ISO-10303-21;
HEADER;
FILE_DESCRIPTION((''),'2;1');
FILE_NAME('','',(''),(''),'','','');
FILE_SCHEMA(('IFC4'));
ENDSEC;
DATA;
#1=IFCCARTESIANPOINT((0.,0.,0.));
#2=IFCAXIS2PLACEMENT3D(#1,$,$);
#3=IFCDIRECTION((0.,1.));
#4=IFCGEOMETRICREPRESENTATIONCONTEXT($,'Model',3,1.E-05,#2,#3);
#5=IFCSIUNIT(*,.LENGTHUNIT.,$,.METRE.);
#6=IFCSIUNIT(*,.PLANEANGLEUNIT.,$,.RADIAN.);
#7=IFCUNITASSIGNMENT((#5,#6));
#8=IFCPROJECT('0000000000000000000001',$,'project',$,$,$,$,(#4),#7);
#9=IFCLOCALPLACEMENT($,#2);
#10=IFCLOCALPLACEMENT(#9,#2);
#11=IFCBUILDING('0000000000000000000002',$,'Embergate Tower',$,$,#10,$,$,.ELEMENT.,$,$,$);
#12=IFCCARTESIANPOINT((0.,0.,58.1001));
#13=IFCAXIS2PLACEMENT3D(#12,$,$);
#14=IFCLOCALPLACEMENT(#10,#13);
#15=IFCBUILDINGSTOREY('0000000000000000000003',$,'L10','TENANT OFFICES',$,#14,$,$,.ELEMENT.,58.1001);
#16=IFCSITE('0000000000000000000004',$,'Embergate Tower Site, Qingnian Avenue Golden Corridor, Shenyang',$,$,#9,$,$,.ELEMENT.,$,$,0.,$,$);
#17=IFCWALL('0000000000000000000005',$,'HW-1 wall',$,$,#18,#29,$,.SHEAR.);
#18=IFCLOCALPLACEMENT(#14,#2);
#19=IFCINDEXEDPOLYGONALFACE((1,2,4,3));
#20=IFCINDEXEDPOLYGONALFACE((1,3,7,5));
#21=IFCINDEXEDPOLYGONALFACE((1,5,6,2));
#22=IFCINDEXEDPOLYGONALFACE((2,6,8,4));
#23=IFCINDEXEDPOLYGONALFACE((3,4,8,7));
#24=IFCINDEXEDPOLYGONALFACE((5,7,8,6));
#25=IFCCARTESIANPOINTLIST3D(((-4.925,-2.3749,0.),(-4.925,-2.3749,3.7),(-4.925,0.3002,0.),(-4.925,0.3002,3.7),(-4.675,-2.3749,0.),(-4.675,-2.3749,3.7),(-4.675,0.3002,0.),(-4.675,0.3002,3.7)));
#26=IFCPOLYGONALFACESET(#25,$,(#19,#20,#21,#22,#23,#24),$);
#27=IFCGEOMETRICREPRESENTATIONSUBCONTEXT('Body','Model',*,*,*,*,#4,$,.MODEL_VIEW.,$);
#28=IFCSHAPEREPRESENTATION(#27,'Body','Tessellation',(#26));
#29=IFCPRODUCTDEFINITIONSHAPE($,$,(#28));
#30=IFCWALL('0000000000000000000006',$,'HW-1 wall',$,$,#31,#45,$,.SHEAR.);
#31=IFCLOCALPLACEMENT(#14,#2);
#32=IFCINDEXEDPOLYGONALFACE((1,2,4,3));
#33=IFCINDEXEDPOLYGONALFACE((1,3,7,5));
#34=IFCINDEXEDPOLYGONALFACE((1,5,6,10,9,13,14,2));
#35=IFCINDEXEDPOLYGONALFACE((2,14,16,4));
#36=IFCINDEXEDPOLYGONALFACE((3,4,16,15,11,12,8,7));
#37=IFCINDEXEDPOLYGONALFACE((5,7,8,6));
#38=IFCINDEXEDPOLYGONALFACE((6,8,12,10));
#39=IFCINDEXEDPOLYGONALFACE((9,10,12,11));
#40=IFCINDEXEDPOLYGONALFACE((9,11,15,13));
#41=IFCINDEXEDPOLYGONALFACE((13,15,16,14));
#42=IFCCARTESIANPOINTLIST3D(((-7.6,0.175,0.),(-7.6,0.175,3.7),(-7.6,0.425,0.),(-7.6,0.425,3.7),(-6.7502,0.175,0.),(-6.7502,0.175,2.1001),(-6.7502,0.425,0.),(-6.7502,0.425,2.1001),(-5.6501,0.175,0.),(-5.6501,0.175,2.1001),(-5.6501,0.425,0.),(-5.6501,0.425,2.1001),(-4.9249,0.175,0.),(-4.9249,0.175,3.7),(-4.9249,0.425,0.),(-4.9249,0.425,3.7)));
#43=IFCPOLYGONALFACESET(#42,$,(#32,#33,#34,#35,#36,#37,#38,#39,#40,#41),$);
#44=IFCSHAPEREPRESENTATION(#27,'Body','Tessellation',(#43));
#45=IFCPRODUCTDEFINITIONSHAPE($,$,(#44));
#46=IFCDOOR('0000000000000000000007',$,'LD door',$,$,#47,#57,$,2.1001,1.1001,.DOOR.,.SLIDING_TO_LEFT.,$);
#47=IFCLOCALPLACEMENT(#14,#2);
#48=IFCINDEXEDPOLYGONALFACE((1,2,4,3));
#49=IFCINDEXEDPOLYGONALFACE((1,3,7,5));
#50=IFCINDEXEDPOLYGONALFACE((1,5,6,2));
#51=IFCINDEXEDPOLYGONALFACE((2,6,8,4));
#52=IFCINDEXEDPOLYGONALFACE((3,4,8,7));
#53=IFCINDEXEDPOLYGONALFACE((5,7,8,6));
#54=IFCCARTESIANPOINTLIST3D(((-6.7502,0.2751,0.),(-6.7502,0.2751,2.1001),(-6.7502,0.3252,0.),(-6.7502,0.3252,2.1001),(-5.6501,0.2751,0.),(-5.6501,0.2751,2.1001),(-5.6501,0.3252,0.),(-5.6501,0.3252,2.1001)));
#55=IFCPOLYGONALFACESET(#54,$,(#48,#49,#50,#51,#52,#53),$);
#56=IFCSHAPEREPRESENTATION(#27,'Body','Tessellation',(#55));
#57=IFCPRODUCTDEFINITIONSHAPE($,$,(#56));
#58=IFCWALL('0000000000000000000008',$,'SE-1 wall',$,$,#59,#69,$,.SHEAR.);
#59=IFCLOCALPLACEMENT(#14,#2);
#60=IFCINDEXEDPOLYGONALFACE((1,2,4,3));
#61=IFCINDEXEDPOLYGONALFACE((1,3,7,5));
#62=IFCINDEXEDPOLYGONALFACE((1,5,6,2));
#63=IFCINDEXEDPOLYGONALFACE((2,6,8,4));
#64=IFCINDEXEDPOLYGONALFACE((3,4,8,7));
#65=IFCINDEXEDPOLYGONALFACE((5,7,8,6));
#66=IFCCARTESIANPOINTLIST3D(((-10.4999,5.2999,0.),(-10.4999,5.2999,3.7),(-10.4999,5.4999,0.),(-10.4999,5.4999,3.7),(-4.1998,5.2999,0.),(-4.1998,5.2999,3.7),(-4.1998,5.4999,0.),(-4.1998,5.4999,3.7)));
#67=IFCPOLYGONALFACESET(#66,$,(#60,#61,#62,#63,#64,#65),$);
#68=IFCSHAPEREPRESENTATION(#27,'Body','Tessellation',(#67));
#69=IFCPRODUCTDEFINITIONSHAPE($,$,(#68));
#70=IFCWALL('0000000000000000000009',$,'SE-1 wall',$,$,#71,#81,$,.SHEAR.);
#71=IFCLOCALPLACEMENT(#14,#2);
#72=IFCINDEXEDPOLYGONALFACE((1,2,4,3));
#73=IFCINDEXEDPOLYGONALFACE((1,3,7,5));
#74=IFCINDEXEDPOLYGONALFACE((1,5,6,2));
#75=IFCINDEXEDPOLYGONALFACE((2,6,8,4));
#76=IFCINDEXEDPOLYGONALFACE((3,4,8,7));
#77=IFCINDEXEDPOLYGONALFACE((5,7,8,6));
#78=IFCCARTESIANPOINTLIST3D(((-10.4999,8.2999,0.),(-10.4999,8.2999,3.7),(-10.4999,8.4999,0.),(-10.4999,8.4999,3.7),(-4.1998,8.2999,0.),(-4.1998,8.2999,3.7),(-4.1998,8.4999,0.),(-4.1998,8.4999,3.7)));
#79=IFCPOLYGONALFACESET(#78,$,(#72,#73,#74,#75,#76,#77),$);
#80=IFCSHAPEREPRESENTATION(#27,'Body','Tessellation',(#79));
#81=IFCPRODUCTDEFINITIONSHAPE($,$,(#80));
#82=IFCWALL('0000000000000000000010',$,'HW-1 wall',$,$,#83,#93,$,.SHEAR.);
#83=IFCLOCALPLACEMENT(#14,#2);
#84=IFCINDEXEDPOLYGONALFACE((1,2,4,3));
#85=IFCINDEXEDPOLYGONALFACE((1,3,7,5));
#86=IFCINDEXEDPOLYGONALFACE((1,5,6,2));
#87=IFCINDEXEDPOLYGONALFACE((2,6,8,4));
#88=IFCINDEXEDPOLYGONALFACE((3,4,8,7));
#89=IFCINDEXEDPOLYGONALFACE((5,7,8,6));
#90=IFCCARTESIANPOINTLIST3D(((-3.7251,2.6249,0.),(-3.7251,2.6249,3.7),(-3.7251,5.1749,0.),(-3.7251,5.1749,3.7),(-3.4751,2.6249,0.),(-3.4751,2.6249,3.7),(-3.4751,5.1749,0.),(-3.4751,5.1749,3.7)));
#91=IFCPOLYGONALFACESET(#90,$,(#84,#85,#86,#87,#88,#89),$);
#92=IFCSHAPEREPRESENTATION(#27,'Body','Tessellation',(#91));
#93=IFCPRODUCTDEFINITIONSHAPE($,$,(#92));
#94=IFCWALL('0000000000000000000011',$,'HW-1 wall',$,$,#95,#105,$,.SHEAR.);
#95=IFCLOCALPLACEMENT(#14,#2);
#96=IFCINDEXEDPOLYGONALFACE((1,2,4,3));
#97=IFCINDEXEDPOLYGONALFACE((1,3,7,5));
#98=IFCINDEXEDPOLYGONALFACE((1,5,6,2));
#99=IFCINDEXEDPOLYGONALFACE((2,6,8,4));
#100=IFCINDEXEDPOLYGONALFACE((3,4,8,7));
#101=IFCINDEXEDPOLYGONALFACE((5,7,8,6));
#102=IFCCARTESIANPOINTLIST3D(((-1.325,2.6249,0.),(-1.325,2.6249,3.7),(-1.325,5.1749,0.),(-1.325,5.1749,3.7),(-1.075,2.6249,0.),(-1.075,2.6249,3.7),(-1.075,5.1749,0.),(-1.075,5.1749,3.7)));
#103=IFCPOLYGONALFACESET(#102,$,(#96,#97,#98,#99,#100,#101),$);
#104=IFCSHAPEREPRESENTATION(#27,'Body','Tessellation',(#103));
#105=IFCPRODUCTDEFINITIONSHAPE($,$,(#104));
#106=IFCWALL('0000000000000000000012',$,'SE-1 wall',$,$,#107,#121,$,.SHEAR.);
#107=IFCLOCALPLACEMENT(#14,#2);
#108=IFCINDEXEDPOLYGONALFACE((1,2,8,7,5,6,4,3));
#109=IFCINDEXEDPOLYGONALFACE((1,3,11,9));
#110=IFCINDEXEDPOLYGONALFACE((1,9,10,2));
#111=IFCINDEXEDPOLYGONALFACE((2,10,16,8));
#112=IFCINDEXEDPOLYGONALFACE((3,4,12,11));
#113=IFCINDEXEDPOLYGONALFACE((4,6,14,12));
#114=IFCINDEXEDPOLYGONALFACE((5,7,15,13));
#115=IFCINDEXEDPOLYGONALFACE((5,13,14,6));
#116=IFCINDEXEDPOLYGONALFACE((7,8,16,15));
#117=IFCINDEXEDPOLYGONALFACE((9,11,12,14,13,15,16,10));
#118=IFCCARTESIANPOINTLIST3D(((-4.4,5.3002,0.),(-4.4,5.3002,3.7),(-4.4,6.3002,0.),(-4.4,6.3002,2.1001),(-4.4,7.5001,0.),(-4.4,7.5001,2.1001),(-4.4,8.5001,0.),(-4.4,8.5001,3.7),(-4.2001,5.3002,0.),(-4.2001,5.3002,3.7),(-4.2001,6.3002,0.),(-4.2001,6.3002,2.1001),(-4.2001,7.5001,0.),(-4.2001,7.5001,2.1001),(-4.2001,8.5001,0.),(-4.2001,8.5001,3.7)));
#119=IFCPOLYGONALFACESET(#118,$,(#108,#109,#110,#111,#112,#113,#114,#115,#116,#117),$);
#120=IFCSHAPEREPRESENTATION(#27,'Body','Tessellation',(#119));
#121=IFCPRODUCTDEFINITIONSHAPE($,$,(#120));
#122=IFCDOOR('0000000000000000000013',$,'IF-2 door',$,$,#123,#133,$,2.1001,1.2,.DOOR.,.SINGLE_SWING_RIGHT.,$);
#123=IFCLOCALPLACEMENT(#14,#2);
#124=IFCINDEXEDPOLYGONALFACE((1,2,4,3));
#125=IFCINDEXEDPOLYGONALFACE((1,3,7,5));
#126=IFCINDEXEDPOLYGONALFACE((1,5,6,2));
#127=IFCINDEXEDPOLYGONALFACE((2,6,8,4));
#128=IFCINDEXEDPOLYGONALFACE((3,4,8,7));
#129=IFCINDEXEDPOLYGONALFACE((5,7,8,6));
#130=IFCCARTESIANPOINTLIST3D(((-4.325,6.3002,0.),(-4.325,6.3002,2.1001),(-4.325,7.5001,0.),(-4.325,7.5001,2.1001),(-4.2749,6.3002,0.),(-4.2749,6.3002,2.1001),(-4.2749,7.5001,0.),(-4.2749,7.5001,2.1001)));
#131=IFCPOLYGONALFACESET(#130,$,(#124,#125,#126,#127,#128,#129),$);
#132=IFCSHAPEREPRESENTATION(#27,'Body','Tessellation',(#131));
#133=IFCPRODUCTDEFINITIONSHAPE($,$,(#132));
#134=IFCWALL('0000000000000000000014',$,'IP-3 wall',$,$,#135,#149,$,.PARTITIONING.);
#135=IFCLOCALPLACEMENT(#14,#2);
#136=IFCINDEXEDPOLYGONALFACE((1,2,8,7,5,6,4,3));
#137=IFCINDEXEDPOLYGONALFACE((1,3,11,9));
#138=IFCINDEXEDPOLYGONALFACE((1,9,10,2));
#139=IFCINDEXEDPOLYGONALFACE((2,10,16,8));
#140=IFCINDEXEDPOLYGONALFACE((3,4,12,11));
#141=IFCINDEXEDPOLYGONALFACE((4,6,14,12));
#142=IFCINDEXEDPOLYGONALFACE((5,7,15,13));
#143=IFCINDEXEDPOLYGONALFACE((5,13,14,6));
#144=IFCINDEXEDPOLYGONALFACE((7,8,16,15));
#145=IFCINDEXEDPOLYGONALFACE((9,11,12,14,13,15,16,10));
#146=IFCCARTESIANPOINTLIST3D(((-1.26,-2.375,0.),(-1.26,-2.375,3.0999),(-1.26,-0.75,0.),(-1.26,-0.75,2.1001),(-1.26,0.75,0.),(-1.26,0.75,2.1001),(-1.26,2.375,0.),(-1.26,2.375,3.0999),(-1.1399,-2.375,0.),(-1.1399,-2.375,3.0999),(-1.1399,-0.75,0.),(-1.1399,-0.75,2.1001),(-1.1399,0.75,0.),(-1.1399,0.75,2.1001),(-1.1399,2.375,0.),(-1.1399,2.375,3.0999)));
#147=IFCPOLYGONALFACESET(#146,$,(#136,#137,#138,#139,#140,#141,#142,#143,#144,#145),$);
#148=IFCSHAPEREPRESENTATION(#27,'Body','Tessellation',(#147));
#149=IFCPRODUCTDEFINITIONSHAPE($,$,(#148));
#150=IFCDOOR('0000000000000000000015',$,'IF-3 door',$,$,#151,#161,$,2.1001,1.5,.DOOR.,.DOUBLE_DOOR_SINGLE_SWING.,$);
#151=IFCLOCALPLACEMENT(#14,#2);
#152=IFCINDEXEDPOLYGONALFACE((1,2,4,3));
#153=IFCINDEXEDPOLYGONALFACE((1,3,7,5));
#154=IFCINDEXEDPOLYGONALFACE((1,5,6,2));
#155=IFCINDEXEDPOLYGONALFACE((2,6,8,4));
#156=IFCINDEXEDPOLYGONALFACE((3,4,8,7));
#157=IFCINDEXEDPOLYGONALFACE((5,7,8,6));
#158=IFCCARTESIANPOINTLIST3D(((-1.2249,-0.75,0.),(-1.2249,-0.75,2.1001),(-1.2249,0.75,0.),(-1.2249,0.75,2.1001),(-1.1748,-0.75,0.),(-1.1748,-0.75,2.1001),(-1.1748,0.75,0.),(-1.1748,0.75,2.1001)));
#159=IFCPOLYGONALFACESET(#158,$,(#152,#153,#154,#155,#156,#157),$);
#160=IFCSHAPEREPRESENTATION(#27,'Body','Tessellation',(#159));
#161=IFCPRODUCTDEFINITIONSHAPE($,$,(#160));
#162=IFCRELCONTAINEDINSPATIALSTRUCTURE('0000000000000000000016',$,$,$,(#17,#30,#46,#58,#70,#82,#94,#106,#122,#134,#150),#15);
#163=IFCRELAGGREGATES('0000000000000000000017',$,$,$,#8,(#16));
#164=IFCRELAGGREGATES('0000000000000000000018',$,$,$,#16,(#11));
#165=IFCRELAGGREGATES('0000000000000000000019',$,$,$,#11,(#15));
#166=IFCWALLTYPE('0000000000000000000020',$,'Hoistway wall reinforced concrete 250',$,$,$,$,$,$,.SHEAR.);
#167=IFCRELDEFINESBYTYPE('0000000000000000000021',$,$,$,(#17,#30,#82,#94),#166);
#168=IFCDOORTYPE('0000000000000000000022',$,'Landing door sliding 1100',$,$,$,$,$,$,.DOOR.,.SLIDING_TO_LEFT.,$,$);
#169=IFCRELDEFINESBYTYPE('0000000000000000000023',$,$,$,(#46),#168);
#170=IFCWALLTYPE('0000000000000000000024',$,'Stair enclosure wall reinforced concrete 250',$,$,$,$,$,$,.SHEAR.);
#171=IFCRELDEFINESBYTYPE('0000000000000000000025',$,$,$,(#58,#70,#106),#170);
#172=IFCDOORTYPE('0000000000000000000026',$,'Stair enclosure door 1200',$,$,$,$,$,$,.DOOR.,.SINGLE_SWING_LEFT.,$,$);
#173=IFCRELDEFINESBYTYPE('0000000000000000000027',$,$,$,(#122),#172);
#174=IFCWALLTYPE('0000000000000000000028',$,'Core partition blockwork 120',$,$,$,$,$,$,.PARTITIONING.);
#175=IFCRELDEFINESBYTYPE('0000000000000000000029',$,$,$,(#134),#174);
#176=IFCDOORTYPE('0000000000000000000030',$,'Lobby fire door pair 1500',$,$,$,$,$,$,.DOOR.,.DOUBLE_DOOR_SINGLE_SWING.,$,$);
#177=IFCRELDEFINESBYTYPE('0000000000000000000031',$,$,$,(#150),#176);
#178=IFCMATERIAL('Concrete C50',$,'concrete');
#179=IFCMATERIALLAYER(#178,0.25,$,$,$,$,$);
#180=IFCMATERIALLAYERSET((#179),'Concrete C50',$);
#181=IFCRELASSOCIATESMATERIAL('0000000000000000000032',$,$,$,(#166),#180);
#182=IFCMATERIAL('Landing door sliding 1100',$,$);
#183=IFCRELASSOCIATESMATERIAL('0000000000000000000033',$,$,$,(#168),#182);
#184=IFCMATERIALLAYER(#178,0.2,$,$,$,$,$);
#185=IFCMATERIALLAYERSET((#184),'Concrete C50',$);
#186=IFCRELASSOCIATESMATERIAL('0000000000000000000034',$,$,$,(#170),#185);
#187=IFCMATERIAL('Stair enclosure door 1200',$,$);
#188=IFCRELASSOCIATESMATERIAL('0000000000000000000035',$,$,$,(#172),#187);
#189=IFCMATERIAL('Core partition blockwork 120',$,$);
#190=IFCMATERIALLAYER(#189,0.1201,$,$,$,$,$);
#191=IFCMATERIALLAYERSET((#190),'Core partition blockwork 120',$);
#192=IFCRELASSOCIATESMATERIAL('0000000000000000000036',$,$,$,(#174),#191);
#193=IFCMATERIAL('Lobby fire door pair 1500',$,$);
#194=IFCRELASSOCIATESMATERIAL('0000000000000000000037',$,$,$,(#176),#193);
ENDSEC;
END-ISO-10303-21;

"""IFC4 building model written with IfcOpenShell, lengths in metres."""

from ifc_helpers import new_model, si_unit, direction, frame, frame_2d, origin, place, context, subcontext, project, spatial, rectangle, extrude, source, transform, mapped, material, layer, layer_set, type_object, element, fill, save


model = new_model("IFC4")

# Units and contexts
model_context = context("Model", 3, precision=1e-05, world=origin(), true_north=direction((0.0, 1.0)))
body_context = subcontext(model_context, "Body", "Model", "MODEL_VIEW")
ifc_project = project(units=[si_unit("LENGTHUNIT", "METRE"), si_unit("PLANEANGLEUNIT", "RADIAN")], contexts=[model_context])

# Site, building, storey
site_placement = place(None, origin())
site = spatial("IfcSite", under=ifc_project, at=site_placement, Name="Embergate Tower Site, Qingnian Avenue Golden Corridor, Shenyang", CompositionType="ELEMENT", RefElevation=0.0)
building_placement = place(site_placement, origin())
building = spatial("IfcBuilding", under=site, at=building_placement, Name="Embergate Tower", CompositionType="ELEMENT")
storey_placement = place(building_placement, frame((0.0, 0.0, 58.1001)))
storey = spatial("IfcBuildingStorey", under=building, at=storey_placement, Name="L10", Description="TENANT OFFICES", CompositionType="ELEMENT", Elevation=58.1001)

# Wall
ifc_material_1 = material(Name="Concrete C50", Category="concrete")
ifc_layer_1 = layer(ifc_material_1, 0.25)
ifc_layer_set_1 = layer_set([ifc_layer_1], Name="Concrete C50")
wall_type_1 = type_object("IfcWallType", Name="Hoistway wall reinforced concrete 250", PredefinedType="SHEAR", material=ifc_layer_set_1)
shared_shape_1 = source(origin(), body_context, "Body", "SweptSolid", [
    extrude(rectangle(XDim=2.675, YDim=0.25, at=frame_2d((1.3374, 0.0))), origin(), (0.0, 0.0, 1.0), 3.7),
])
wall_1_placement = place(storey_placement, frame((-4.8, 0.3, 0.0), z_axis=(0.0, 0.0, 1.0), x_axis=(0.0, -1.0, 0.0)))
element("IfcWall", 1, at=wall_1_placement, inside=storey, type_object=wall_type_1, Name="HW-1 wall", PredefinedType="SHEAR", context=body_context, shape_type="MappedRepresentation", body=[
    mapped(shared_shape_1, transform((0.0, 0.0, 0.0))),
])

# Wall, opening, door
wall_2_placement = place(storey_placement, frame((-4.925, 0.3, 0.0), z_axis=(0.0, 0.0, 1.0), x_axis=(-1.0, 0.0, 0.0)))
wall_2 = element("IfcWall", 2, at=wall_2_placement, inside=storey, type_object=wall_type_1, Name="HW-1 wall", PredefinedType="SHEAR", context=body_context, shape_type="MappedRepresentation", body=[
    mapped(shared_shape_1, transform((0.0, 0.0, 0.0))),
])
shared_shape_2 = source(origin(), body_context, "Body", "SweptSolid", [
    extrude(rectangle(XDim=1.1001, YDim=2.1001, at=frame_2d((0.55, 1.05))), frame((0.0, 0.135, 0.0), z_axis=(0.0, -1.0, 0.0), x_axis=(1.0, 0.0, 0.0)), (0.0, 0.0, 1.0), 0.27),
])
opening_1_placement = place(wall_2_placement, frame((0.7251, 0.0, 0.0)))
opening_1 = element("IfcOpeningElement", 3, at=opening_1_placement, cuts=wall_2, PredefinedType="OPENING", context=body_context, shape_type="MappedRepresentation", body=[
    mapped(shared_shape_2, transform((0.0, 0.0, 0.0))),
])
ifc_material_2 = material(Name="Landing door sliding 1100")
door_type_1 = type_object("IfcDoorType", Name="Landing door sliding 1100", OperationType="SLIDING_TO_LEFT", PredefinedType="DOOR", material=ifc_material_2)
shared_shape_3 = source(origin(), body_context, "Body", "SweptSolid", [
    extrude(rectangle(XDim=1.1001, YDim=2.1001, at=frame_2d((0.55, 1.05))), frame((0.0, 0.0249, 0.0), z_axis=(0.0, -1.0, 0.0), x_axis=(1.0, 0.0, 0.0)), (0.0, 0.0, 1.0), 0.05),
])
door_1_placement = place(opening_1_placement, origin())
door_1 = element("IfcDoor", 4, at=door_1_placement, inside=storey, type_object=door_type_1, Name="LD door", OperationType="SLIDING_TO_LEFT", OverallHeight=2.1001, OverallWidth=1.1001, PredefinedType="DOOR", context=body_context, shape_type="MappedRepresentation", body=[
    mapped(shared_shape_3, transform((0.0, 0.0, 0.0))),
])
fill(opening_1, door_1)

# Walls
ifc_layer_2 = layer(ifc_material_1, 0.2)
ifc_layer_set_2 = layer_set([ifc_layer_2], Name="Concrete C50")
wall_type_2 = type_object("IfcWallType", Name="Stair enclosure wall reinforced concrete 250", PredefinedType="SHEAR", material=ifc_layer_set_2)
shared_shape_4 = source(origin(), body_context, "Body", "SweptSolid", [
    extrude(rectangle(XDim=6.3, YDim=0.2, at=frame_2d((3.1499, 0.0))), origin(), (0.0, 0.0, 1.0), 3.7),
])
for number, where, z_axis, x_axis, name in (
    (5, (-4.2, 5.3999, 0.0), (0.0, 0.0, 1.0), (-1.0, 0.0, 0.0), "SE-1 wall"),
    (6, (-4.2, 8.3999, 0.0), (0.0, 0.0, 1.0), (-1.0, 0.0, 0.0), "SE-1 wall"),
):
    element("IfcWall", number, at=place(storey_placement, frame(where, z_axis=z_axis, x_axis=x_axis)), inside=storey, type_object=wall_type_2, Name=name, PredefinedType="SHEAR", context=body_context, shape_type="MappedRepresentation", body=[
        mapped(shared_shape_4, transform((0.0, 0.0, 0.0))),
    ])
shared_shape_5 = source(origin(), body_context, "Body", "SweptSolid", [
    extrude(rectangle(XDim=2.55, YDim=0.25, at=frame_2d((1.2749, 0.0))), origin(), (0.0, 0.0, 1.0), 3.7),
])
for number, where, z_axis, x_axis, name in (
    (7, (-3.6001, 2.625, 0.0), (0.0, 0.0, 1.0), (0.0, 1.0, 0.0), "HW-1 wall"),
    (8, (-1.2, 2.625, 0.0), (0.0, 0.0, 1.0), (0.0, 1.0, 0.0), "HW-1 wall"),
):
    element("IfcWall", number, at=place(storey_placement, frame(where, z_axis=z_axis, x_axis=x_axis)), inside=storey, type_object=wall_type_1, Name=name, PredefinedType="SHEAR", context=body_context, shape_type="MappedRepresentation", body=[
        mapped(shared_shape_5, transform((0.0, 0.0, 0.0))),
    ])

# Walls, openings, doors
shared_shape_6 = source(origin(), body_context, "Body", "SweptSolid", [
    extrude(rectangle(XDim=3.2, YDim=0.2, at=frame_2d((1.6001, 0.0))), origin(), (0.0, 0.0, 1.0), 3.7),
])
wall_3_placement = place(storey_placement, frame((-4.3, 5.3, 0.0), z_axis=(0.0, 0.0, 1.0), x_axis=(0.0, 1.0, 0.0)))
wall_3 = element("IfcWall", 9, at=wall_3_placement, inside=storey, type_object=wall_type_2, Name="SE-1 wall", PredefinedType="SHEAR", context=body_context, shape_type="MappedRepresentation", body=[
    mapped(shared_shape_6, transform((0.0, 0.0, 0.0))),
])
shared_shape_7 = source(origin(), body_context, "Body", "SweptSolid", [
    extrude(rectangle(XDim=1.2, YDim=2.1001, at=frame_2d((0.6001, 1.05))), frame((0.0, 0.1099, 0.0), z_axis=(0.0, -1.0, 0.0), x_axis=(1.0, 0.0, 0.0)), (0.0, 0.0, 1.0), 0.22),
])
opening_2_placement = place(wall_3_placement, frame((1.0, 0.0, 0.0)))
opening_2 = element("IfcOpeningElement", 10, at=opening_2_placement, cuts=wall_3, PredefinedType="OPENING", context=body_context, shape_type="MappedRepresentation", body=[
    mapped(shared_shape_7, transform((0.0, 0.0, 0.0))),
])
ifc_material_3 = material(Name="Stair enclosure door 1200")
door_type_2 = type_object("IfcDoorType", Name="Stair enclosure door 1200", OperationType="SINGLE_SWING_LEFT", PredefinedType="DOOR", material=ifc_material_3)
shared_shape_8 = source(origin(), body_context, "Body", "SweptSolid", [
    extrude(rectangle(XDim=1.2, YDim=2.1001, at=frame_2d((0.6001, 1.05))), frame((0.0, 0.0249, 0.0), z_axis=(0.0, -1.0, 0.0), x_axis=(1.0, 0.0, 0.0)), (0.0, 0.0, 1.0), 0.05),
])
door_2_placement = place(opening_2_placement, origin())
door_2 = element("IfcDoor", 11, at=door_2_placement, inside=storey, type_object=door_type_2, Name="IF-2 door", OperationType="SINGLE_SWING_RIGHT", OverallHeight=2.1001, OverallWidth=1.2, PredefinedType="DOOR", context=body_context, shape_type="MappedRepresentation", body=[
    mapped(shared_shape_8, transform((0.0, 0.0, 0.0))),
])
fill(opening_2, door_2)
ifc_material_4 = material(Name="Core partition blockwork 120")
ifc_layer_3 = layer(ifc_material_4, 0.1201)
ifc_layer_set_3 = layer_set([ifc_layer_3], Name="Core partition blockwork 120")
wall_type_3 = type_object("IfcWallType", Name="Core partition blockwork 120", PredefinedType="PARTITIONING", material=ifc_layer_set_3)
shared_shape_9 = source(origin(), body_context, "Body", "SweptSolid", [
    extrude(rectangle(XDim=4.75, YDim=0.1201, at=frame_2d((2.375, 0.0))), origin(), (0.0, 0.0, 1.0), 3.0999),
])
wall_4_placement = place(storey_placement, frame((-1.2, -2.375, 0.0), z_axis=(0.0, 0.0, 1.0), x_axis=(0.0, 1.0, 0.0)))
wall_4 = element("IfcWall", 12, at=wall_4_placement, inside=storey, type_object=wall_type_3, Name="IP-3 wall", PredefinedType="PARTITIONING", context=body_context, shape_type="MappedRepresentation", body=[
    mapped(shared_shape_9, transform((0.0, 0.0, 0.0))),
])
shared_shape_10 = source(origin(), body_context, "Body", "SweptSolid", [
    extrude(rectangle(XDim=1.5, YDim=2.1001, at=frame_2d((0.75, 1.05))), frame((0.0, 0.0701, 0.0), z_axis=(0.0, -1.0, 0.0), x_axis=(1.0, 0.0, 0.0)), (0.0, 0.0, 1.0), 0.1401),
])
opening_3_placement = place(wall_4_placement, frame((1.625, 0.0, 0.0)))
opening_3 = element("IfcOpeningElement", 13, at=opening_3_placement, cuts=wall_4, PredefinedType="OPENING", context=body_context, shape_type="MappedRepresentation", body=[
    mapped(shared_shape_10, transform((0.0, 0.0, 0.0))),
])
ifc_material_5 = material(Name="Lobby fire door pair 1500")
door_type_3 = type_object("IfcDoorType", Name="Lobby fire door pair 1500", OperationType="DOUBLE_DOOR_SINGLE_SWING", PredefinedType="DOOR", material=ifc_material_5)
shared_shape_11 = source(origin(), body_context, "Body", "SweptSolid", [
    extrude(rectangle(XDim=1.5, YDim=2.1001, at=frame_2d((0.75, 1.05))), frame((0.0, 0.0249, 0.0), z_axis=(0.0, -1.0, 0.0), x_axis=(1.0, 0.0, 0.0)), (0.0, 0.0, 1.0), 0.05),
])
door_3_placement = place(opening_3_placement, origin())
door_3 = element("IfcDoor", 14, at=door_3_placement, inside=storey, type_object=door_type_3, Name="IF-3 door", OperationType="DOUBLE_DOOR_SINGLE_SWING", OverallHeight=2.1001, OverallWidth=1.5, PredefinedType="DOOR", context=body_context, shape_type="MappedRepresentation", body=[
    mapped(shared_shape_11, transform((0.0, 0.0, 0.0))),
])
fill(opening_3, door_3)

save(model, "model.ifc")
